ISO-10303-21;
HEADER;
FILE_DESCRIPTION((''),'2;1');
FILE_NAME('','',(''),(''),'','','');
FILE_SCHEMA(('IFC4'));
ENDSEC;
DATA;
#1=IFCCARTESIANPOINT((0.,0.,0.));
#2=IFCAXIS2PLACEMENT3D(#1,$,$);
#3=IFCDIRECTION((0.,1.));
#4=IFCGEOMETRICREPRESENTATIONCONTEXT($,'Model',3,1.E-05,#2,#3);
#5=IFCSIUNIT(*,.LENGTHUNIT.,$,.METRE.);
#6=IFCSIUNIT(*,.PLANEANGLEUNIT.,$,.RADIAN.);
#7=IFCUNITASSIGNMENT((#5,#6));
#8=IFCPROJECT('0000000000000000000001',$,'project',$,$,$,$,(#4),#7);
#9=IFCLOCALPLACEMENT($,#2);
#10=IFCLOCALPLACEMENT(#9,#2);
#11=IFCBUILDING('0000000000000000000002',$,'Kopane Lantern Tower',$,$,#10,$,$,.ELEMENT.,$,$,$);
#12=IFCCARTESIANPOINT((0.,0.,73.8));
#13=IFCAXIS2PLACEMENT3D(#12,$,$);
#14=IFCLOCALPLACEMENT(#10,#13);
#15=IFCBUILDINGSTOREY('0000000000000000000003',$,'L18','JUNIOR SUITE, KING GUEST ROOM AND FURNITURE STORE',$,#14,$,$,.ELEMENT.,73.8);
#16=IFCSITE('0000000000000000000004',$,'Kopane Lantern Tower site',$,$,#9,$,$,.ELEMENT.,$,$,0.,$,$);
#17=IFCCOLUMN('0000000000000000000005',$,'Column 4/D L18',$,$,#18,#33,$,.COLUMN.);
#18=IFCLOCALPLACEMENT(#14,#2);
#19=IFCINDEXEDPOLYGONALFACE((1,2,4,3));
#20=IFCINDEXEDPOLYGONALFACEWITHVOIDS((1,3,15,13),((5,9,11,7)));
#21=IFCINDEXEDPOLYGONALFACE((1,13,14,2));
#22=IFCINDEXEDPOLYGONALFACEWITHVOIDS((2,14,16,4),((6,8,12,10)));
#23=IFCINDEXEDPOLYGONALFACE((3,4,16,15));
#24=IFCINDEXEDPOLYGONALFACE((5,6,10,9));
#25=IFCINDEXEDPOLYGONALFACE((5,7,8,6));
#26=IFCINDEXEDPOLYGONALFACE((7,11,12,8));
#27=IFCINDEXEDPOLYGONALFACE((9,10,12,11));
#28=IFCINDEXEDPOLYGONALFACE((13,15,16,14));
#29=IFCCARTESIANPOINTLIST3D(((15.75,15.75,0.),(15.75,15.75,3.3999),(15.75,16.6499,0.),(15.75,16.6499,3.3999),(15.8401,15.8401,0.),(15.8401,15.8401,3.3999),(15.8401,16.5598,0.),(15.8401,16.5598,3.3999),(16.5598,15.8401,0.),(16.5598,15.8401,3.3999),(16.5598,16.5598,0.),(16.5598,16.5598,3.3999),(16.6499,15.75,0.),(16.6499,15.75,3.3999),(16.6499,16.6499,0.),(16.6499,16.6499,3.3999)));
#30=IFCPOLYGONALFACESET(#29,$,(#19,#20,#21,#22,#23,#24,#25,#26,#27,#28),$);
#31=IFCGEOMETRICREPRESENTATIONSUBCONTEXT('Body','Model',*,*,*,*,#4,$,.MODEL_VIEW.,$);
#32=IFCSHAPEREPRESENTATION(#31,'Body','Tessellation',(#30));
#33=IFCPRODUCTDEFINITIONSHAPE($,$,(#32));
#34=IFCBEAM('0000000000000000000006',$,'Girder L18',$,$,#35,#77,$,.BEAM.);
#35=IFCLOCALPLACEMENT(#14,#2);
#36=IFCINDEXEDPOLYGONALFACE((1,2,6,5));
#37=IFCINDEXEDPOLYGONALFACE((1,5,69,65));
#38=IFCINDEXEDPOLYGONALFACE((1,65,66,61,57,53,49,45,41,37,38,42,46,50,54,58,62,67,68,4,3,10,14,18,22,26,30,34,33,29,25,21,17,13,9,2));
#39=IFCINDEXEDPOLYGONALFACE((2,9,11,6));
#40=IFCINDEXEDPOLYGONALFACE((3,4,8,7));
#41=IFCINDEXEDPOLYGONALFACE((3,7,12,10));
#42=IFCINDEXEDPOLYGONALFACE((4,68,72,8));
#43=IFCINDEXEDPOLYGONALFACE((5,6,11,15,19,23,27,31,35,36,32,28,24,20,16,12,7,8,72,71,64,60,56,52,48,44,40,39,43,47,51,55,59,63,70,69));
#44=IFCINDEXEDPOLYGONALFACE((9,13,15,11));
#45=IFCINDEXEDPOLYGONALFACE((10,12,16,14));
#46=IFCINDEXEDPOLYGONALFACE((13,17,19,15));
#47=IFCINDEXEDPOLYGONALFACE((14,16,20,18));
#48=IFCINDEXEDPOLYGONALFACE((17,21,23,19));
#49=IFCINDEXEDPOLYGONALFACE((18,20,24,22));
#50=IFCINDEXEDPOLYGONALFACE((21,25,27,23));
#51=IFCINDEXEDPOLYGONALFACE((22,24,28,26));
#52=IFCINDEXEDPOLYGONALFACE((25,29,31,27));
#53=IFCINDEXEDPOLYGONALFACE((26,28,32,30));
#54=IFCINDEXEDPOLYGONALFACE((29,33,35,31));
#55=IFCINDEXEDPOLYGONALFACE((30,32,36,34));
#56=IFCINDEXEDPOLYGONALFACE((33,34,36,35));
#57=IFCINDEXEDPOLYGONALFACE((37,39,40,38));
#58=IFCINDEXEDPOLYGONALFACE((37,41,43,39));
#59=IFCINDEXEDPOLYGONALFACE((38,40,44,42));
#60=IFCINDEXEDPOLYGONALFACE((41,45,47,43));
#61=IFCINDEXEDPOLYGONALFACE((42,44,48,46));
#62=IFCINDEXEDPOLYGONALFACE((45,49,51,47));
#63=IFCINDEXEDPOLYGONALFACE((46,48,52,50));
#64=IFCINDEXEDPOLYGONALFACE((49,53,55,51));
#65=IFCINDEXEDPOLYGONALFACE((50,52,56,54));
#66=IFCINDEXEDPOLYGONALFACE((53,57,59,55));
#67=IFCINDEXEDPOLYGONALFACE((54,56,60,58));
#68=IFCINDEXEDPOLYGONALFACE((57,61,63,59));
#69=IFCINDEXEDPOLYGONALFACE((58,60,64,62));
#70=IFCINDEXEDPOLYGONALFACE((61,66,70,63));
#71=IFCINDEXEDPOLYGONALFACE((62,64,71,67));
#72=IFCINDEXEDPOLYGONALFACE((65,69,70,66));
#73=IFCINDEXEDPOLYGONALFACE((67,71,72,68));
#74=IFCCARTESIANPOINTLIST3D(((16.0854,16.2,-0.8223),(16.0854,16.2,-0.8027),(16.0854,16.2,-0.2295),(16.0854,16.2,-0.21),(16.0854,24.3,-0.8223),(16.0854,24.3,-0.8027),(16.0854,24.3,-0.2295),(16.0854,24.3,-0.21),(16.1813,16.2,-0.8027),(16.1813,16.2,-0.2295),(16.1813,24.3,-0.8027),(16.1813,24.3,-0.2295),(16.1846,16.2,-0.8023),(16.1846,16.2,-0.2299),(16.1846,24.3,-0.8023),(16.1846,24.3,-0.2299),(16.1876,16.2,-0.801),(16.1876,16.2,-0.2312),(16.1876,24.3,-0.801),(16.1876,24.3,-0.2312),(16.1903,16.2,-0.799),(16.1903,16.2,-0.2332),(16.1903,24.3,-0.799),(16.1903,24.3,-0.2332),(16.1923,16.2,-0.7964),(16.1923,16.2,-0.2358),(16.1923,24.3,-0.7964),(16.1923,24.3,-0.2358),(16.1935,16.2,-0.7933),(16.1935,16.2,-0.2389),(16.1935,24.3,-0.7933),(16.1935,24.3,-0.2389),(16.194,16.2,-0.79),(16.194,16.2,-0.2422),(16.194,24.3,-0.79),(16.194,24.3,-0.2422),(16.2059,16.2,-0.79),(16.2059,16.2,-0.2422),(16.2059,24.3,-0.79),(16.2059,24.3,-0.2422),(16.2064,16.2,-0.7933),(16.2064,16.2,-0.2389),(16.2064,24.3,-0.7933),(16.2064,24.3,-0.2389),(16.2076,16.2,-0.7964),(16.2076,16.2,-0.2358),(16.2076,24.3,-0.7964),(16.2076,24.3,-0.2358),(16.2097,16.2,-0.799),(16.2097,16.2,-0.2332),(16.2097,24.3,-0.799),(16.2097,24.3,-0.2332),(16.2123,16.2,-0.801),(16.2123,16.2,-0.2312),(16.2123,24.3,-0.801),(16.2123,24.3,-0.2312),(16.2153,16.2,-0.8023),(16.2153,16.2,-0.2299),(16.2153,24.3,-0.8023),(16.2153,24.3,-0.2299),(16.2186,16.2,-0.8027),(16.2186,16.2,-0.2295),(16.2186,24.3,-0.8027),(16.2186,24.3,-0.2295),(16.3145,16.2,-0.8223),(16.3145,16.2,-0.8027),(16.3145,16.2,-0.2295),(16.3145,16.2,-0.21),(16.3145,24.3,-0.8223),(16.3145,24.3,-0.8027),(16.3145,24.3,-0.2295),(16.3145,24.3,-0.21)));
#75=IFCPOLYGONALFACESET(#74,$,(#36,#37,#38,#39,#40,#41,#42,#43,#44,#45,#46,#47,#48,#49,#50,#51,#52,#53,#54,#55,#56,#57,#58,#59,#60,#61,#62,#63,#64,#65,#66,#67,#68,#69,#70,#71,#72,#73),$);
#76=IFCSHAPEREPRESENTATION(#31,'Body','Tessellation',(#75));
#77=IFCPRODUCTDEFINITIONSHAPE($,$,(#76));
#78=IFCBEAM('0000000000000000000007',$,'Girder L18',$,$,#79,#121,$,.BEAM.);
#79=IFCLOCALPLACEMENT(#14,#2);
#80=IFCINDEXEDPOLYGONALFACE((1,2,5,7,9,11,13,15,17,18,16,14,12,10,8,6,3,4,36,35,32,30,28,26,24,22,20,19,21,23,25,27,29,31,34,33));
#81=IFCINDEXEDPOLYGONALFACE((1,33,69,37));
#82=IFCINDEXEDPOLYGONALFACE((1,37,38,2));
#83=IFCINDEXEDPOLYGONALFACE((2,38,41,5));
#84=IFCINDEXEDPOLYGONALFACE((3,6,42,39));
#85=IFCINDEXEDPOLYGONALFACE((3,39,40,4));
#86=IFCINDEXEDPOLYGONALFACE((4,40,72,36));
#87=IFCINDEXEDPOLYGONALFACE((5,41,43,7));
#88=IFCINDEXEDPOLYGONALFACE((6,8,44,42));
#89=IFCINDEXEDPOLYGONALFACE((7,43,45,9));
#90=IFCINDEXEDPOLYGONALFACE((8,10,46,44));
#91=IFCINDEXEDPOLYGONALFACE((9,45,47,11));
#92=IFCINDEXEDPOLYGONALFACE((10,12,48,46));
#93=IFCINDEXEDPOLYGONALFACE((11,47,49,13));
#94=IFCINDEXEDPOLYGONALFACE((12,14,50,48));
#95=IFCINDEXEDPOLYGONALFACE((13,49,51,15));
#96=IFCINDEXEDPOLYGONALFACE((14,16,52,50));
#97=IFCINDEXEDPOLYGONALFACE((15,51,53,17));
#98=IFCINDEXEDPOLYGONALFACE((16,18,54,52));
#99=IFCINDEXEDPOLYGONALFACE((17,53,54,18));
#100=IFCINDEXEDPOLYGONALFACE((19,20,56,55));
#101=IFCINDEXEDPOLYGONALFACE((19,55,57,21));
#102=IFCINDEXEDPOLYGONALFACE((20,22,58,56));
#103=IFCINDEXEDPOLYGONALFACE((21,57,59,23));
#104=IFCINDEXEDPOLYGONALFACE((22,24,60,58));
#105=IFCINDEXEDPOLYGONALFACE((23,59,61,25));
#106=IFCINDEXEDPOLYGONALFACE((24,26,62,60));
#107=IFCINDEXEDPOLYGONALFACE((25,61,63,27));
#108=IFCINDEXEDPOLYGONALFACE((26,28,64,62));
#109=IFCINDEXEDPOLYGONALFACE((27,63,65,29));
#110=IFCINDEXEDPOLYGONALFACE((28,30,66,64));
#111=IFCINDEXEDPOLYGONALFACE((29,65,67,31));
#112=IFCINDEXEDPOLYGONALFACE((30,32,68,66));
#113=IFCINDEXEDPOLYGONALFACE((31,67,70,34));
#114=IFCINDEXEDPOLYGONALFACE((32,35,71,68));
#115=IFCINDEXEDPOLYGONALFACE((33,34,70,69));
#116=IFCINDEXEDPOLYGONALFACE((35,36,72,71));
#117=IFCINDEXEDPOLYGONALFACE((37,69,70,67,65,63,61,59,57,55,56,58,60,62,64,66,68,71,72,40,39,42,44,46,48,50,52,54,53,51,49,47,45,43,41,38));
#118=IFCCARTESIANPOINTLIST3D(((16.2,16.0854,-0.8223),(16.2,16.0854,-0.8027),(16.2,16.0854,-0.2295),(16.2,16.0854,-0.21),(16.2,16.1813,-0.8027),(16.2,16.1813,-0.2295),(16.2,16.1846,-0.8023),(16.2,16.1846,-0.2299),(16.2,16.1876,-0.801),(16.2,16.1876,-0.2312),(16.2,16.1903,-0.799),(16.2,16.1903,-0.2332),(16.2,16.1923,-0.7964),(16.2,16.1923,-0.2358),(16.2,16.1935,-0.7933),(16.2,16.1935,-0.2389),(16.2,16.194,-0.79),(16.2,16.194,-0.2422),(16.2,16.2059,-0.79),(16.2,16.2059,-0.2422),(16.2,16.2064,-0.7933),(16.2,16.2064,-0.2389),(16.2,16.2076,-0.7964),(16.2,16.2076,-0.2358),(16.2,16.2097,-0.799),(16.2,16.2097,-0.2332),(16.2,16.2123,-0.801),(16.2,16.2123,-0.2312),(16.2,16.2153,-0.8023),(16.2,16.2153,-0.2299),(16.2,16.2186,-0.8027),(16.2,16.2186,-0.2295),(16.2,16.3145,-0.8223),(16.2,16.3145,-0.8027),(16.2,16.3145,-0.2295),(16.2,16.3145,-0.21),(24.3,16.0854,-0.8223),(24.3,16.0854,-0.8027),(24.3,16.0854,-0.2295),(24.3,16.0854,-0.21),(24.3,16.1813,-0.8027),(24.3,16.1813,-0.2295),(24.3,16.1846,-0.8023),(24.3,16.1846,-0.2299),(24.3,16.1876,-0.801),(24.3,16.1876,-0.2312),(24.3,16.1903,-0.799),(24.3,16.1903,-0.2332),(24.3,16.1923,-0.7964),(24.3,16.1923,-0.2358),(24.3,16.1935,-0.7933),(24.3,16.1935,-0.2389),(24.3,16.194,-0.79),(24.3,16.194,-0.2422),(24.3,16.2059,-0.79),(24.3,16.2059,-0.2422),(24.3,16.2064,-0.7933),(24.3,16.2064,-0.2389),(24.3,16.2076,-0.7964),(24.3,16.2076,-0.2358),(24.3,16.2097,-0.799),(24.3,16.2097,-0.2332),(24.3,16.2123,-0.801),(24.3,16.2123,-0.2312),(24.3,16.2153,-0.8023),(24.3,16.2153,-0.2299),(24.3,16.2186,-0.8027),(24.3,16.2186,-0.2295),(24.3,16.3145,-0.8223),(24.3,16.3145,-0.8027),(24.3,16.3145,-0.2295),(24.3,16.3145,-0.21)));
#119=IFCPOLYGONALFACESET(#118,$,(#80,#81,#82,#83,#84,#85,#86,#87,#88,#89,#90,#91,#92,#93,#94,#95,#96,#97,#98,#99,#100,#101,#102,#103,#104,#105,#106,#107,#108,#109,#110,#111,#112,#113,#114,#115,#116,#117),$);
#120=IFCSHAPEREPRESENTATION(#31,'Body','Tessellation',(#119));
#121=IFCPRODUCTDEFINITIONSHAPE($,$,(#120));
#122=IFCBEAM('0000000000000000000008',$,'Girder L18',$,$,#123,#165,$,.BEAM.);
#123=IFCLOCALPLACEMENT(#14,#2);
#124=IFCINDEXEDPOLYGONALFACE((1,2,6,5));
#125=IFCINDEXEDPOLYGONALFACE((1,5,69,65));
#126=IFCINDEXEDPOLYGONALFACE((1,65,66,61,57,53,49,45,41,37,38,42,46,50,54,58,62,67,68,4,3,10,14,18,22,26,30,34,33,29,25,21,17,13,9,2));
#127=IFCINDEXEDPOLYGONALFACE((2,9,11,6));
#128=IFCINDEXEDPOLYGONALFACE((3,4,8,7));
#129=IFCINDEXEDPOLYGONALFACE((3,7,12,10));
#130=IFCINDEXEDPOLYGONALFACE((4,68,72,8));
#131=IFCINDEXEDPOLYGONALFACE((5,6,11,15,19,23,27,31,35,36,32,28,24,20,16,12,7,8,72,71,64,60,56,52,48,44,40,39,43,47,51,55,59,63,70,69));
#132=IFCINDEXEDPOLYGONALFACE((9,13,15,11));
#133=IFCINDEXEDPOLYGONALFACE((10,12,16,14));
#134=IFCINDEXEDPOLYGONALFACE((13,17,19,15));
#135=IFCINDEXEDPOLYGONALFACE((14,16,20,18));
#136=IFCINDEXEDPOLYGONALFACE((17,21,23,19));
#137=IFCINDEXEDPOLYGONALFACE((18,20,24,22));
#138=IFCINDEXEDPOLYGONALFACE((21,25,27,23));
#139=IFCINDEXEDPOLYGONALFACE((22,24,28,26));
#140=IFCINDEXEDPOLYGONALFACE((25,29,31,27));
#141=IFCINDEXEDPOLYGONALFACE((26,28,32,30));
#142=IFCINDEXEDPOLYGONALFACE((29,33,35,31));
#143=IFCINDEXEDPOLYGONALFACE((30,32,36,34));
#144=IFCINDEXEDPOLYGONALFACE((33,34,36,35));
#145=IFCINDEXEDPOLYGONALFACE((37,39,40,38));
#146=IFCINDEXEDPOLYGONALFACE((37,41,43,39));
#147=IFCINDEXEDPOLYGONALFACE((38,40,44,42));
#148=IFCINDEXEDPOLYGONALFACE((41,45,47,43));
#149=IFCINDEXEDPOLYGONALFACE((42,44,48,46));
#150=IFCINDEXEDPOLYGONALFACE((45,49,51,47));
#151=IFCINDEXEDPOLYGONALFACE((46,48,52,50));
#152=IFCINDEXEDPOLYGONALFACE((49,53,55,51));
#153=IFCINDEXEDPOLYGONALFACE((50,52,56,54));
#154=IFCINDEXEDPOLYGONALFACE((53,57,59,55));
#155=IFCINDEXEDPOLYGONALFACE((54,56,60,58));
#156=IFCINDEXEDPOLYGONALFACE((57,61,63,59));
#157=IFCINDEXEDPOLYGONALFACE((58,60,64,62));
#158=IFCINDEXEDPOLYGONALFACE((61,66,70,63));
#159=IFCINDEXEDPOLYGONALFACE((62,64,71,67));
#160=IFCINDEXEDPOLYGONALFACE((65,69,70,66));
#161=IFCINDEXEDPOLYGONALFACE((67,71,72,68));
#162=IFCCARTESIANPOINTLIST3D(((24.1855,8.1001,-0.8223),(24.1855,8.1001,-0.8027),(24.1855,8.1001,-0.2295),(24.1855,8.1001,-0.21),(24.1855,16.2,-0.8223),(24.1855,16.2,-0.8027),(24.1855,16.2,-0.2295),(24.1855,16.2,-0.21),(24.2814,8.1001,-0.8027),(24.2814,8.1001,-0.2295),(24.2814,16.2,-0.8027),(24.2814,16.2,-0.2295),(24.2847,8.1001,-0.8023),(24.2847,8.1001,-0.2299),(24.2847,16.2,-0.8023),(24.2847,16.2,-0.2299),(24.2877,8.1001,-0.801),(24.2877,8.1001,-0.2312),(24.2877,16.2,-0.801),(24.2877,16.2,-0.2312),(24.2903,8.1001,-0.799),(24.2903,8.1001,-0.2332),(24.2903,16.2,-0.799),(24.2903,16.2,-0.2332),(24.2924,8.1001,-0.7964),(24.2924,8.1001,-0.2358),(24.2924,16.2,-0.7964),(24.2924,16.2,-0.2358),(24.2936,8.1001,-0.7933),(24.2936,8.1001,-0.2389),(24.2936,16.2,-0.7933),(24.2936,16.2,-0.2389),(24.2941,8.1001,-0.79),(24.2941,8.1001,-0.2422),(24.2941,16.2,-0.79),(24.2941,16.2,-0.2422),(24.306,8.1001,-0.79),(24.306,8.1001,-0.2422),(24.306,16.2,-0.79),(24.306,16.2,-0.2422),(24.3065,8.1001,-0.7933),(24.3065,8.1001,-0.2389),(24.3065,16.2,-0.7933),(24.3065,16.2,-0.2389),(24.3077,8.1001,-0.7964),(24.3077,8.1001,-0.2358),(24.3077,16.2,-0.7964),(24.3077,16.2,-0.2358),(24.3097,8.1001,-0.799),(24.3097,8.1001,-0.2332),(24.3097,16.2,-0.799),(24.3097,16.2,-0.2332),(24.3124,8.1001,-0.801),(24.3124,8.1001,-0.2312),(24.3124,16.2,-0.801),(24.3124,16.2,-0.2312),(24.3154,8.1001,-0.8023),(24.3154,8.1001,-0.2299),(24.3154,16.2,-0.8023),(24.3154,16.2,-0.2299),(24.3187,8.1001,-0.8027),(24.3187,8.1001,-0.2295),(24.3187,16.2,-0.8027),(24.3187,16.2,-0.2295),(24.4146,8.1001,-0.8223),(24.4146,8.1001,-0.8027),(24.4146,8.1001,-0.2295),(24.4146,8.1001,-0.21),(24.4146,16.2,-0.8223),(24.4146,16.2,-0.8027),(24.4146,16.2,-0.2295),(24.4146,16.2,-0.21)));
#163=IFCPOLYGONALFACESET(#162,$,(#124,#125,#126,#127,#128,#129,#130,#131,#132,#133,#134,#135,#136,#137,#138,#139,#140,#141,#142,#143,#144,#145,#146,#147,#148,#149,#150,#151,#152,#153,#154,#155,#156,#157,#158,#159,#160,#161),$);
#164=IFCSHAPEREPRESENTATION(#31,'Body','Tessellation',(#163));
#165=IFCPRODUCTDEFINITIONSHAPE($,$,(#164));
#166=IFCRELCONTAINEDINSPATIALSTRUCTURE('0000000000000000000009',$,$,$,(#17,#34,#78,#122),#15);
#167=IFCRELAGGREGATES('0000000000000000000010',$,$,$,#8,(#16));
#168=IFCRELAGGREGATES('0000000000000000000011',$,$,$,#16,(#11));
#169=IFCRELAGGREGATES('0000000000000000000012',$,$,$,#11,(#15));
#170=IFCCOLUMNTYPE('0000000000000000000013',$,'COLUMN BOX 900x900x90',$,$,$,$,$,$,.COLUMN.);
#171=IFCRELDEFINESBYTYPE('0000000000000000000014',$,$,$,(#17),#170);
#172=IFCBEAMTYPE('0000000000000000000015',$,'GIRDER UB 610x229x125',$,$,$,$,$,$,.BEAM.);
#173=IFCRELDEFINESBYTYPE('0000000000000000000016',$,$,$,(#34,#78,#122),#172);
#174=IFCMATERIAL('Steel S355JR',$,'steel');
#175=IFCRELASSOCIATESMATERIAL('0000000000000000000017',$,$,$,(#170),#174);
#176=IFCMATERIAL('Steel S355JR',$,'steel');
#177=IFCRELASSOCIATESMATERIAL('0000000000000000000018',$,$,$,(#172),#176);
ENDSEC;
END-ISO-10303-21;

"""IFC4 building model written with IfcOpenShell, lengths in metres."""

from ifc_helpers import new_model, si_unit, direction, frame, origin, origin_2d, place, context, subcontext, project, spatial, hollow_rectangle, i_section, extrude, material, material_profile, profile_set, type_object, element, save


model = new_model("IFC4")

# Units and contexts
model_context = context("Model", 3, precision=1e-05, world=origin(), true_north=direction((0.0, 1.0)))
body_context = subcontext(model_context, "Body", "Model", "MODEL_VIEW")
ifc_project = project(units=[si_unit("LENGTHUNIT", "METRE"), si_unit("PLANEANGLEUNIT", "RADIAN")], contexts=[model_context])

# Site, building, storey
site_placement = place(None, origin())
site = spatial("IfcSite", under=ifc_project, at=site_placement, Name="Kopane Lantern Tower site", CompositionType="ELEMENT", RefElevation=0.0)
building_placement = place(site_placement, origin())
building = spatial("IfcBuilding", under=site, at=building_placement, Name="Kopane Lantern Tower", CompositionType="ELEMENT")
storey_placement = place(building_placement, frame((0.0, 0.0, 73.8)))
storey = spatial("IfcBuildingStorey", under=building, at=storey_placement, Name="L18", Description="JUNIOR SUITE, KING GUEST ROOM AND FURNITURE STORE", CompositionType="ELEMENT", Elevation=73.8)

# Column
ifc_material_1 = material(Name="Steel S355JR", Category="steel")
ifc_material_profile_1 = material_profile(ifc_material_1, hollow_rectangle(XDim=0.8999, YDim=0.8999, WallThickness=0.0901, at=origin_2d()), Name="BOX 900x900x90")
ifc_profile_set_1 = profile_set([ifc_material_profile_1], Name="Steel S355JR")
column_type = type_object("IfcColumnType", Name="COLUMN BOX 900x900x90", PredefinedType="COLUMN", material=ifc_profile_set_1)
column_placement = place(storey_placement, frame((16.2, 16.2, 0.0), z_axis=(0.0, 0.0, 1.0), x_axis=(1.0, 0.0, 0.0)))
element("IfcColumn", 1, at=column_placement, inside=storey, type_object=column_type, Name="Column 4/D L18", PredefinedType="COLUMN", context=body_context, shape_type="SweptSolid", body=[
    extrude(hollow_rectangle(XDim=0.8999, YDim=0.8999, WallThickness=0.0901, at=origin_2d()), origin(), (0.0, 0.0, 1.0), 3.3999),
])

# Beams
ifc_material_2 = material(Name="Steel S355JR", Category="steel")
ifc_material_profile_2 = material_profile(ifc_material_2, i_section(OverallWidth=0.229, OverallDepth=0.6123, WebThickness=0.012, FlangeThickness=0.0195, FilletRadius=0.0127, at=origin_2d()), Name="UB 610x229x125")
ifc_profile_set_2 = profile_set([ifc_material_profile_2], Name="Steel S355JR")
beam_type = type_object("IfcBeamType", Name="GIRDER UB 610x229x125", PredefinedType="BEAM", material=ifc_profile_set_2)
for number, where, z_axis, x_axis, name in (
    (2, (16.2, 16.2, -0.5161), (0.0, 1.0, 0.0), (-1.0, 0.0, 0.0), "Girder L18"),
    (3, (16.2, 16.2, -0.5161), (1.0, 0.0, 0.0), (0.0, 1.0, 0.0), "Girder L18"),
):
    element("IfcBeam", number, at=place(storey_placement, frame(where, z_axis=z_axis, x_axis=x_axis)), inside=storey, type_object=beam_type, Name=name, PredefinedType="BEAM", context=body_context, shape_type="SweptSolid", body=[
        extrude(i_section(OverallWidth=0.229, OverallDepth=0.6123, WebThickness=0.012, FlangeThickness=0.0195, FilletRadius=0.0127, at=origin_2d()), origin(), (0.0, 0.0, 1.0), 8.1001),
    ])
for number, where, z_axis, x_axis, name in (
    (4, (24.3, 8.1001, -0.5161), (0.0, 1.0, 0.0), (-1.0, 0.0, 0.0), "Girder L18"),
):
    element("IfcBeam", number, at=place(storey_placement, frame(where, z_axis=z_axis, x_axis=x_axis)), inside=storey, type_object=beam_type, Name=name, PredefinedType="BEAM", context=body_context, shape_type="SweptSolid", body=[
        extrude(i_section(OverallWidth=0.229, OverallDepth=0.6123, WebThickness=0.012, FlangeThickness=0.0195, FilletRadius=0.0127, at=origin_2d()), origin(), (0.0, 0.0, 1.0), 8.0999),
    ])

save(model, "model.ifc")
